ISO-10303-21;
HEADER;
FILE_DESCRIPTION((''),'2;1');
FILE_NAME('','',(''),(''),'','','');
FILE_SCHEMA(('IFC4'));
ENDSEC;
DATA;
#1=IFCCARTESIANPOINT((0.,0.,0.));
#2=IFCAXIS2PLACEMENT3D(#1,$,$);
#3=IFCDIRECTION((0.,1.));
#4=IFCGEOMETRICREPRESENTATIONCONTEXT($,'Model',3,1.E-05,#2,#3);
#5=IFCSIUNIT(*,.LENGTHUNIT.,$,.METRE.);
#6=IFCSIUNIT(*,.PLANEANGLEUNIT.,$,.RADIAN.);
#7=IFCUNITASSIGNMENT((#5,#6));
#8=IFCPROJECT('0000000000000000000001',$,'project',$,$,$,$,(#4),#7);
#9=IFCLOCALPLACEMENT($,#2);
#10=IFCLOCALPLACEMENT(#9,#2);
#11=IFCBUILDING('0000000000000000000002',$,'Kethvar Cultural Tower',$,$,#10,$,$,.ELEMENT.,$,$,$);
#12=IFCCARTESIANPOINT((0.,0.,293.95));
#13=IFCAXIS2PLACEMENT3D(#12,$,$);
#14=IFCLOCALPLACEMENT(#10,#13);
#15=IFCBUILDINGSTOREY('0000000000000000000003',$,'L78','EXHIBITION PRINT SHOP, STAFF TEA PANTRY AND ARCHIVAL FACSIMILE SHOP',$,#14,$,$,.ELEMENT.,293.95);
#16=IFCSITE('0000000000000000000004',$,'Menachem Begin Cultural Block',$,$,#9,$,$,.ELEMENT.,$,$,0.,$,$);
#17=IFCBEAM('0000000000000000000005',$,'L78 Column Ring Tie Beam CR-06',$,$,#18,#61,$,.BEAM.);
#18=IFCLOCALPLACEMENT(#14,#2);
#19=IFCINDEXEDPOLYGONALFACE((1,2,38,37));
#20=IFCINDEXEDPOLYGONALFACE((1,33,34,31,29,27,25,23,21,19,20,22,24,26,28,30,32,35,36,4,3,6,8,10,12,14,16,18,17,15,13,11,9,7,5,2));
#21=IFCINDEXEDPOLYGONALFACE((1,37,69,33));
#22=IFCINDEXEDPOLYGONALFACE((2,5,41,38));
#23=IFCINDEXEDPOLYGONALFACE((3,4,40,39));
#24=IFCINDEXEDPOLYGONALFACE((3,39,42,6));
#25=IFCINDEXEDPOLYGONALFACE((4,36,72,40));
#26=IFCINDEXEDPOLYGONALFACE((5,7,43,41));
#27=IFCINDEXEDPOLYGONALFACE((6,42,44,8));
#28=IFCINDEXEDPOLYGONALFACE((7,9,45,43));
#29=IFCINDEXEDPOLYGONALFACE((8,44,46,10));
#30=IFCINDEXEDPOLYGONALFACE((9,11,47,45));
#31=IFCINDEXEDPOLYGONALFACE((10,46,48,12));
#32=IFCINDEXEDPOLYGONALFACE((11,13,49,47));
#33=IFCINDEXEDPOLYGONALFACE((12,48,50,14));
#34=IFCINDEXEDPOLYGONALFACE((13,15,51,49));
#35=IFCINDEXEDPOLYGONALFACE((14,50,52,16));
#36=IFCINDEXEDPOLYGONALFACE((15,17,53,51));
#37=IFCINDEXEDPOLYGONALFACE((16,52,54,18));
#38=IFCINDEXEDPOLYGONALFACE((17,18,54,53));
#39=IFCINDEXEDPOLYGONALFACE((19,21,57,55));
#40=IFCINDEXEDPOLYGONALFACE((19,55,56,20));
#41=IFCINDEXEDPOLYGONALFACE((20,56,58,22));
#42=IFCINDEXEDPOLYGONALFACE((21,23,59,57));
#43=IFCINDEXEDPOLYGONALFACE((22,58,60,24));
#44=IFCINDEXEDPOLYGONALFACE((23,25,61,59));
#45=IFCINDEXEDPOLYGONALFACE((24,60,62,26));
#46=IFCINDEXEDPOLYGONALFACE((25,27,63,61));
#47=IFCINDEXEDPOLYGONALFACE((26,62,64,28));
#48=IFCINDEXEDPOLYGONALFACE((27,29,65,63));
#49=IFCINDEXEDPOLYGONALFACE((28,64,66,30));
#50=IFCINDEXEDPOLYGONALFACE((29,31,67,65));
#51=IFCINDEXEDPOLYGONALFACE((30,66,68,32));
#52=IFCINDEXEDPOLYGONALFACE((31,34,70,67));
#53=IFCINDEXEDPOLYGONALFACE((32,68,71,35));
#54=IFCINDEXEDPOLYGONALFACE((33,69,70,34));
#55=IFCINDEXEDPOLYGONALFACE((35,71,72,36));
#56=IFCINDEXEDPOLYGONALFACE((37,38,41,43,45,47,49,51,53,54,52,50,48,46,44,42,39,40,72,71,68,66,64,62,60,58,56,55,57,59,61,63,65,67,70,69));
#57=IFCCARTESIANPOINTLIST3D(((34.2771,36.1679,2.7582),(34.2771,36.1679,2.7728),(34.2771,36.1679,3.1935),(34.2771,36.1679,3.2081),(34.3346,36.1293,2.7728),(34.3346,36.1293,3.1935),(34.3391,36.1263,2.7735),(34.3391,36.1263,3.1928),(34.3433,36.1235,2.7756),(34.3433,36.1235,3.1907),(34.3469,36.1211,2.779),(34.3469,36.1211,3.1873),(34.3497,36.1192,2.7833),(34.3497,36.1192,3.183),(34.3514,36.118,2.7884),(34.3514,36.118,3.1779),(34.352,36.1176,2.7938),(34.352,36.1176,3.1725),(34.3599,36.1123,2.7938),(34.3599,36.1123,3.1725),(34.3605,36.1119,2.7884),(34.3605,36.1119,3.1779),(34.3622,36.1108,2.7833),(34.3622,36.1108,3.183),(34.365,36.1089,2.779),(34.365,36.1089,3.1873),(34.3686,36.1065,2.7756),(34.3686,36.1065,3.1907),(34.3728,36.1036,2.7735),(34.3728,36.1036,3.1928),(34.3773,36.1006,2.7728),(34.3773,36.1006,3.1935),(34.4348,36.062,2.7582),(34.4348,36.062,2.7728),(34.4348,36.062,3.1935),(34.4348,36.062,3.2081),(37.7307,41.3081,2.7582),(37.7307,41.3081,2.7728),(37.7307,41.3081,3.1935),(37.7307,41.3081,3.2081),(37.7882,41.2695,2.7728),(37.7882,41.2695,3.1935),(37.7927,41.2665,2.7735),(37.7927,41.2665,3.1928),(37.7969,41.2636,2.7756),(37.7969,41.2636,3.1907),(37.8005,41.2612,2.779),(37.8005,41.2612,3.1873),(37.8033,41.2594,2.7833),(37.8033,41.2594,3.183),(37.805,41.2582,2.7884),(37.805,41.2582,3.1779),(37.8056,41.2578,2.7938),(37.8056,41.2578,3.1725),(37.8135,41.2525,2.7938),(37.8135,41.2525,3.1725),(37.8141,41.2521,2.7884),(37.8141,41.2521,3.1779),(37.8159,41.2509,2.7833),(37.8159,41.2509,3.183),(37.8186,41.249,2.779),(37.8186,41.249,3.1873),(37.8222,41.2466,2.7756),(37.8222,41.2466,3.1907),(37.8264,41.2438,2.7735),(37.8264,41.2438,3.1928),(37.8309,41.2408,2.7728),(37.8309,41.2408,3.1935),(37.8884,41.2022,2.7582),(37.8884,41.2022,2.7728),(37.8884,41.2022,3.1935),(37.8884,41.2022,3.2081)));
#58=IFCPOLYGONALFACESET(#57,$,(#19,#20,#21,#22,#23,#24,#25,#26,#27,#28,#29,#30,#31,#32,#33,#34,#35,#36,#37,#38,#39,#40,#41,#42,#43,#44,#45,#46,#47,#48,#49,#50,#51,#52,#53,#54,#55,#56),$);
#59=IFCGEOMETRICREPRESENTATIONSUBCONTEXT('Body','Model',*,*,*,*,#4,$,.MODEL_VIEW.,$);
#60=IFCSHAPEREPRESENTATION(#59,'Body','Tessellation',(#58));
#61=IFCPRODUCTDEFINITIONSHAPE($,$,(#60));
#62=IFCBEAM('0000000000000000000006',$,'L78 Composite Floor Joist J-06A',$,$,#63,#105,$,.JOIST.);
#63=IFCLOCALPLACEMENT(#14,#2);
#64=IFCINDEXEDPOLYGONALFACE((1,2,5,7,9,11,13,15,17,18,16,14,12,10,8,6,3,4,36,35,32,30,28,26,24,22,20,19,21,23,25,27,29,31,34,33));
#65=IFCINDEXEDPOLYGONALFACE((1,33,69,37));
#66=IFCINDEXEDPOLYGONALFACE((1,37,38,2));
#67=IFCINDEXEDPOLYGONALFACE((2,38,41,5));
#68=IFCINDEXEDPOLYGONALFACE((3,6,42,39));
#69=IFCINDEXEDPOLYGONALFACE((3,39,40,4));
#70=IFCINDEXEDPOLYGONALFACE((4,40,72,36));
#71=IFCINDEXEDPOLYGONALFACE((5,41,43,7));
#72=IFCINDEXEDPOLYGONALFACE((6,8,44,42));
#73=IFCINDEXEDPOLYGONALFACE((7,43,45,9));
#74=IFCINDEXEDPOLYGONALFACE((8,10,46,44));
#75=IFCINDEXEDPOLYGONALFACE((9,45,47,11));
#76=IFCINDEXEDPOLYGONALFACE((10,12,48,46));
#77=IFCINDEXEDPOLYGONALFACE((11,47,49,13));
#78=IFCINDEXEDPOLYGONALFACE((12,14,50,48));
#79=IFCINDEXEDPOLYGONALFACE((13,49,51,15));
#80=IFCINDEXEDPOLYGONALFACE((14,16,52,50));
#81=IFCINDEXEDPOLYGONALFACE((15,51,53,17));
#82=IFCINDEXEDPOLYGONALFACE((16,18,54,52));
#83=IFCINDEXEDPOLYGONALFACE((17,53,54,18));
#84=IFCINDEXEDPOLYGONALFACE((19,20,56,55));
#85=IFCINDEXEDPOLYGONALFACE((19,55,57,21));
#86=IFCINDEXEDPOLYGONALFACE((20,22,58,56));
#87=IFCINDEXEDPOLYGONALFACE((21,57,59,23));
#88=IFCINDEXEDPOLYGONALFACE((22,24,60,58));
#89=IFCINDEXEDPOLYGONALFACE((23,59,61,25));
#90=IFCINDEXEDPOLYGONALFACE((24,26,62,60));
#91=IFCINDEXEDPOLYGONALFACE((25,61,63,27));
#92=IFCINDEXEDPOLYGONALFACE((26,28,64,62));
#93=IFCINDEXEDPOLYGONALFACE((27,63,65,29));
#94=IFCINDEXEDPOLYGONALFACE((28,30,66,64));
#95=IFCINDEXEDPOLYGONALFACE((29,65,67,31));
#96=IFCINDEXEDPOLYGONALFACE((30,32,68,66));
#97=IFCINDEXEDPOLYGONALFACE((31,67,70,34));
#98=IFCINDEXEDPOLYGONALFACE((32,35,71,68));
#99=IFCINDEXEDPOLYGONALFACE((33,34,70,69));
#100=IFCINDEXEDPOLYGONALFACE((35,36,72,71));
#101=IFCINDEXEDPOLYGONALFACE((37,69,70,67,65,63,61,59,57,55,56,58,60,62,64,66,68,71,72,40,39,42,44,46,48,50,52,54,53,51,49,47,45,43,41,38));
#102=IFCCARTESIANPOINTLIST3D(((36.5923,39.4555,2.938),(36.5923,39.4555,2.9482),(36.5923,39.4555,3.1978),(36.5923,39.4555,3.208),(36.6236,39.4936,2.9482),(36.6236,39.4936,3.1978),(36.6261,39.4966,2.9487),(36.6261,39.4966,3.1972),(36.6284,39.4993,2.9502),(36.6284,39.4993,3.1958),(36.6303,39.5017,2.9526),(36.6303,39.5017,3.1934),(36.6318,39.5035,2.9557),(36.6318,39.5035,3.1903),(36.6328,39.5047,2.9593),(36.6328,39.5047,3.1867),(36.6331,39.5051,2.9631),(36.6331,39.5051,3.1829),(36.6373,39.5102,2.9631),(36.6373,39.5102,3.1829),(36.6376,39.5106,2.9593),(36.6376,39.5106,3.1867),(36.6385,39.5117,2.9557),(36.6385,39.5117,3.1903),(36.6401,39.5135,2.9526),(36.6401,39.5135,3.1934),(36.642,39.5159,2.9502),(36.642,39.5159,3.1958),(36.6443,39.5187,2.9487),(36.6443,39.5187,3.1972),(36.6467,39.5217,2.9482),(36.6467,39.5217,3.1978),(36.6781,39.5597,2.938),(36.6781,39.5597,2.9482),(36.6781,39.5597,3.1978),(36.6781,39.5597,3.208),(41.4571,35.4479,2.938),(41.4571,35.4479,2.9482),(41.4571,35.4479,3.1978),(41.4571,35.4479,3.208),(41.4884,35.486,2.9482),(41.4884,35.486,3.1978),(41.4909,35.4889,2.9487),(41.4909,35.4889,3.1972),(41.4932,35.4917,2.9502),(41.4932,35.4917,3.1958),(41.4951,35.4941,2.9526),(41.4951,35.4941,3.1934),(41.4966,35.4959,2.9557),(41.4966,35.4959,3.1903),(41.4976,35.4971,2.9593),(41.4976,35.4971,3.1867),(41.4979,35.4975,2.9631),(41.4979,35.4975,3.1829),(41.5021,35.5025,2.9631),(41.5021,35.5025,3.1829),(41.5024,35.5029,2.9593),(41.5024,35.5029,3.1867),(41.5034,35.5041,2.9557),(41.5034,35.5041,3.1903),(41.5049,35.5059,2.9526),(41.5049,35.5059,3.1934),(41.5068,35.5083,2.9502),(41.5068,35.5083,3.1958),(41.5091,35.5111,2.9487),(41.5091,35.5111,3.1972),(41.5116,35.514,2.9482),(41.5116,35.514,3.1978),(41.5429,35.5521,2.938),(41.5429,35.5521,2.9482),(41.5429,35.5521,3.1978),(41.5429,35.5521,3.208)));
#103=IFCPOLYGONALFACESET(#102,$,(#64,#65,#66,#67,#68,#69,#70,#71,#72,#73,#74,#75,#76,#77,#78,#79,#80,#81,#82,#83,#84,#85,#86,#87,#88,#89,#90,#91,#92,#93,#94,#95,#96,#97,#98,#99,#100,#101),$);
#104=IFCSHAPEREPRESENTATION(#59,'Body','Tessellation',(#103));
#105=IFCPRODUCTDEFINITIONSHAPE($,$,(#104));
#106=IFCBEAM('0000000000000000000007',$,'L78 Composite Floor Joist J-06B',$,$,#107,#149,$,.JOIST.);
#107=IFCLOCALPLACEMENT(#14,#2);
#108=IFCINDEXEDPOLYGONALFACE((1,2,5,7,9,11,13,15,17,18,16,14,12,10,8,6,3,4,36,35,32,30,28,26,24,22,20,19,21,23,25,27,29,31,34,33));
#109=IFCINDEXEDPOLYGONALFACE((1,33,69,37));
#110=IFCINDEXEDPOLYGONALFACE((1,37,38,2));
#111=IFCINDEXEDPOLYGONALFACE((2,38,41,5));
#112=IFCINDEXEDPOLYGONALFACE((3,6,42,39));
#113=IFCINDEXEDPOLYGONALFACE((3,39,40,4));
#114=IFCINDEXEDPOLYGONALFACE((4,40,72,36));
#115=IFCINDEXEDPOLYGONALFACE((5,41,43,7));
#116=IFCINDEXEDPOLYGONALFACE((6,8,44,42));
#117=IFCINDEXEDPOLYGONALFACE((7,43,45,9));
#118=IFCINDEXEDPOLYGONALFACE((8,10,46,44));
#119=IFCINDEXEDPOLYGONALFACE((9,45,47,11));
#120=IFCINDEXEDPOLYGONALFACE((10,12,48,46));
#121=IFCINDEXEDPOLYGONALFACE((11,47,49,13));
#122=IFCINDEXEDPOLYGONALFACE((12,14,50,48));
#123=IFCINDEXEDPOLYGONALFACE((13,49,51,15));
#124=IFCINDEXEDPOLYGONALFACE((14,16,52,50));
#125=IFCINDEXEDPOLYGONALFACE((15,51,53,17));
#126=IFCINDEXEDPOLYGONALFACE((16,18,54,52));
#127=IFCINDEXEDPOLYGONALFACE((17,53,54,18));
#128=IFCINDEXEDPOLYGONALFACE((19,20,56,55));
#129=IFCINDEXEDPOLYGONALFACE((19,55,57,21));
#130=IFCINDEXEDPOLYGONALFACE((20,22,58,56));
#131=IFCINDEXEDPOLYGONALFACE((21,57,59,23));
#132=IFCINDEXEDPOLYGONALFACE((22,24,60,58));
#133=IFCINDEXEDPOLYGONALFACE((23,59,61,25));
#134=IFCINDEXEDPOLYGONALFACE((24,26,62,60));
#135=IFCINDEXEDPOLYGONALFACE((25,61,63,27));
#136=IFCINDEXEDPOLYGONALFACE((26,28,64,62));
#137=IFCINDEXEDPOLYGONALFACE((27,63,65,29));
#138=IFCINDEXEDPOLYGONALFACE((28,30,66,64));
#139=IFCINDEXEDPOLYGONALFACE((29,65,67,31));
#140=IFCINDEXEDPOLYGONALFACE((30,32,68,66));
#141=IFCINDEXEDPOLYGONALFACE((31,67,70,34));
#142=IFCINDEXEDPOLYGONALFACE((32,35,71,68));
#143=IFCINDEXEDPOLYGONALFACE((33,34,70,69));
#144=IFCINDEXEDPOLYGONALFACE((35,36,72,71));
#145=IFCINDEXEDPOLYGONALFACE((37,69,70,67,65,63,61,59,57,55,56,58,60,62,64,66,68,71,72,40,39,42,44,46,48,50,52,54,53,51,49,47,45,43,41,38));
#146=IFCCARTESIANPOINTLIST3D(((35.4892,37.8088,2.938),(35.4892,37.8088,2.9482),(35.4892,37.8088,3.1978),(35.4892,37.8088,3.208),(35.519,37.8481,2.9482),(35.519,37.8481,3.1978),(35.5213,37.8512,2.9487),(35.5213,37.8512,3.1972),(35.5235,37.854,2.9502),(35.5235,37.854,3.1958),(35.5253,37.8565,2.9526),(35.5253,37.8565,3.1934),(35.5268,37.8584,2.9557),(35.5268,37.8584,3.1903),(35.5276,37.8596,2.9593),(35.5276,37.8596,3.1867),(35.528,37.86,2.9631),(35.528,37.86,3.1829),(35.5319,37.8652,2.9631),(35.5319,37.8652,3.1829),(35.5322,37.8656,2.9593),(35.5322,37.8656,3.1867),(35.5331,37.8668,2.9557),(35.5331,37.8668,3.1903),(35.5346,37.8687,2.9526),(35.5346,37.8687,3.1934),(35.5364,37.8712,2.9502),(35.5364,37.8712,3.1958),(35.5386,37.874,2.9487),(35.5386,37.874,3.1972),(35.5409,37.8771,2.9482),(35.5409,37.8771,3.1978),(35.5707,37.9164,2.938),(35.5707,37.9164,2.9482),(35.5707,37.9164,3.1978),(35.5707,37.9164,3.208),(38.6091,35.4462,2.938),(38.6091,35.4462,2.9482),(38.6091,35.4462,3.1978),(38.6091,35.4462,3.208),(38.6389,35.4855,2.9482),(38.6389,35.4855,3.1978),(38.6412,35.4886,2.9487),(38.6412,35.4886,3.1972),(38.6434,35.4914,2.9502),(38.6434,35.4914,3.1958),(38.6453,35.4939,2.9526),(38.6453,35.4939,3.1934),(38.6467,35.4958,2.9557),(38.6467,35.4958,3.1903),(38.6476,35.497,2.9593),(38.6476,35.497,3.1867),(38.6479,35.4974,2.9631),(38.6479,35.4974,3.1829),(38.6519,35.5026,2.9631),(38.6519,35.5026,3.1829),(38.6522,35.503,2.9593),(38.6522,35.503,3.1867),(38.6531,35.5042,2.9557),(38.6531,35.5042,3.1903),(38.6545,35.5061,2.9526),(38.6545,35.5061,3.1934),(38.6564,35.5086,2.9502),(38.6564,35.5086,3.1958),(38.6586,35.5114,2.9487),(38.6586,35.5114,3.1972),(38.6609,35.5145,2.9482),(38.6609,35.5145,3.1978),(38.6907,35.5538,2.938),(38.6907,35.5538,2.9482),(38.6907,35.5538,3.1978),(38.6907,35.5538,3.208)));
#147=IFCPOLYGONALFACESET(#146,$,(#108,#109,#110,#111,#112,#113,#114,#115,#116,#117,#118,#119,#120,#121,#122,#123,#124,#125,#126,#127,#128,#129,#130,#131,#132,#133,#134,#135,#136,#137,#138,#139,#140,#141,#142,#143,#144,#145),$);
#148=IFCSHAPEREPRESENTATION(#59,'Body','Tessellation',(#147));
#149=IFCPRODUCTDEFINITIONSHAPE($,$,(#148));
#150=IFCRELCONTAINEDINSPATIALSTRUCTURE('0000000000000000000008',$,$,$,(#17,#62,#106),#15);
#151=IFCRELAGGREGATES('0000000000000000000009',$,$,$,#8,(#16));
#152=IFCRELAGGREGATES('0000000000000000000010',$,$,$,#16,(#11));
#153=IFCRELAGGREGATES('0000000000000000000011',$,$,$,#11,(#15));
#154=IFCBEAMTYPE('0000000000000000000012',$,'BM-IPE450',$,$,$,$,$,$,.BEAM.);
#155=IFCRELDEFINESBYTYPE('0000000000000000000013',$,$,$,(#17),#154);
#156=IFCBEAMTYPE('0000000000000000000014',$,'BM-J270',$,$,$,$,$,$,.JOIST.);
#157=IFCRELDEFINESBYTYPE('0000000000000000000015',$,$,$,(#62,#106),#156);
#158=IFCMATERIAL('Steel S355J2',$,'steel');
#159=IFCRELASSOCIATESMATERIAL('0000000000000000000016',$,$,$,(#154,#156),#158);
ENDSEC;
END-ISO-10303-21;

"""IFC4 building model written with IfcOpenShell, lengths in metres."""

from ifc_helpers import new_model, si_unit, direction, frame, origin, origin_2d, place, context, subcontext, project, spatial, i_section, extrude, source, transform, mapped, material, material_profile, profile_set, type_object, element, save


model = new_model("IFC4")

# Units and contexts
model_context = context("Model", 3, precision=1e-05, world=origin(), true_north=direction((0.0, 1.0)))
body_context = subcontext(model_context, "Body", "Model", "MODEL_VIEW")
ifc_project = project(units=[si_unit("LENGTHUNIT", "METRE"), si_unit("PLANEANGLEUNIT", "RADIAN")], contexts=[model_context])

# Site, building, storey
site_placement = place(None, origin())
site = spatial("IfcSite", under=ifc_project, at=site_placement, Name="Menachem Begin Cultural Block", CompositionType="ELEMENT", RefElevation=0.0)
building_placement = place(site_placement, origin())
building = spatial("IfcBuilding", under=site, at=building_placement, Name="Kethvar Cultural Tower", CompositionType="ELEMENT")
storey_placement = place(building_placement, frame((0.0, 0.0, 293.95)))
storey = spatial("IfcBuildingStorey", under=building, at=storey_placement, Name="L78", Description="EXHIBITION PRINT SHOP, STAFF TEA PANTRY AND ARCHIVAL FACSIMILE SHOP", CompositionType="ELEMENT", Elevation=293.95)

# Shared definitions
ifc_material_1 = material(Name="Steel S355J2", Category="steel")

# Beams
ifc_material_profile_1 = material_profile(ifc_material_1, i_section(OverallWidth=0.1899, OverallDepth=0.45, WebThickness=0.0095, FlangeThickness=0.0146, FilletRadius=0.021, at=origin_2d()), Name="Steel S355J2 — IPE450")
ifc_profile_set_1 = profile_set([ifc_material_profile_1], Name="Steel S355J2 — IPE450")
beam_type_1 = type_object("IfcBeamType", Name="BM-IPE450", PredefinedType="BEAM", material=ifc_profile_set_1)
ifc_material_profile_2 = material_profile(ifc_material_1, i_section(OverallWidth=0.135, OverallDepth=0.27, WebThickness=0.0066, FlangeThickness=0.0103, FilletRadius=0.0149, at=origin_2d()), Name="Steel S355J2 — IPE270")
ifc_profile_set_2 = profile_set([ifc_material_profile_2], Name="Steel S355J2 — IPE270")
beam_type_2 = type_object("IfcBeamType", Name="BM-J270", PredefinedType="JOIST", material=ifc_profile_set_2)
shared_shape_1 = source(origin(), body_context, "Body", "SweptSolid", [
    extrude(i_section(OverallWidth=0.1899, OverallDepth=0.45, WebThickness=0.0095, FlangeThickness=0.0146, FilletRadius=0.021, at=origin_2d()), origin(), (0.0, 0.0, 1.0), 6.1926),
])
beam_1_placement = place(storey_placement, frame((37.8096, 41.2551, 2.9832), z_axis=(-0.557699, -0.830043, 0.0), x_axis=(0.830043, -0.557699, 0.0)))
element("IfcBeam", 1, at=beam_1_placement, inside=storey, type_object=beam_type_1, Name="L78 Column Ring Tie Beam CR-06", PredefinedType="BEAM", context=body_context, shape_type="MappedRepresentation", body=[
    mapped(shared_shape_1, transform((0.0, 0.0, 0.0), scale=1.0)),
])
shared_shape_2 = source(origin(), body_context, "Body", "SweptSolid", [
    extrude(i_section(OverallWidth=0.135, OverallDepth=0.27, WebThickness=0.0066, FlangeThickness=0.0103, FilletRadius=0.0149, at=origin_2d()), origin(), (0.0, 0.0, 1.0), 6.303),
])
beam_2_placement = place(storey_placement, frame((41.5, 35.5, 3.073), z_axis=(-0.771828, 0.635831, 0.0), x_axis=(-0.635831, -0.771828, 0.0)))
element("IfcBeam", 2, at=beam_2_placement, inside=storey, type_object=beam_type_2, Name="L78 Composite Floor Joist J-06A", PredefinedType="JOIST", context=body_context, shape_type="MappedRepresentation", body=[
    mapped(shared_shape_2, transform((0.0, 0.0, 0.0), scale=1.0)),
])
shared_shape_3 = source(origin(), body_context, "Body", "SweptSolid", [
    extrude(i_section(OverallWidth=0.135, OverallDepth=0.27, WebThickness=0.0066, FlangeThickness=0.0103, FilletRadius=0.0149, at=origin_2d()), origin(), (0.0, 0.0, 1.0), 3.9136),
])
beam_3_placement = place(storey_placement, frame((38.6499, 35.5, 3.073), z_axis=(-0.797214, 0.603697, 0.0), x_axis=(-0.603697, -0.797214, 0.0)))
element("IfcBeam", 3, at=beam_3_placement, inside=storey, type_object=beam_type_2, Name="L78 Composite Floor Joist J-06B", PredefinedType="JOIST", context=body_context, shape_type="MappedRepresentation", body=[
    mapped(shared_shape_3, transform((0.0, 0.0, 0.0), scale=1.0)),
])

save(model, "model.ifc")
